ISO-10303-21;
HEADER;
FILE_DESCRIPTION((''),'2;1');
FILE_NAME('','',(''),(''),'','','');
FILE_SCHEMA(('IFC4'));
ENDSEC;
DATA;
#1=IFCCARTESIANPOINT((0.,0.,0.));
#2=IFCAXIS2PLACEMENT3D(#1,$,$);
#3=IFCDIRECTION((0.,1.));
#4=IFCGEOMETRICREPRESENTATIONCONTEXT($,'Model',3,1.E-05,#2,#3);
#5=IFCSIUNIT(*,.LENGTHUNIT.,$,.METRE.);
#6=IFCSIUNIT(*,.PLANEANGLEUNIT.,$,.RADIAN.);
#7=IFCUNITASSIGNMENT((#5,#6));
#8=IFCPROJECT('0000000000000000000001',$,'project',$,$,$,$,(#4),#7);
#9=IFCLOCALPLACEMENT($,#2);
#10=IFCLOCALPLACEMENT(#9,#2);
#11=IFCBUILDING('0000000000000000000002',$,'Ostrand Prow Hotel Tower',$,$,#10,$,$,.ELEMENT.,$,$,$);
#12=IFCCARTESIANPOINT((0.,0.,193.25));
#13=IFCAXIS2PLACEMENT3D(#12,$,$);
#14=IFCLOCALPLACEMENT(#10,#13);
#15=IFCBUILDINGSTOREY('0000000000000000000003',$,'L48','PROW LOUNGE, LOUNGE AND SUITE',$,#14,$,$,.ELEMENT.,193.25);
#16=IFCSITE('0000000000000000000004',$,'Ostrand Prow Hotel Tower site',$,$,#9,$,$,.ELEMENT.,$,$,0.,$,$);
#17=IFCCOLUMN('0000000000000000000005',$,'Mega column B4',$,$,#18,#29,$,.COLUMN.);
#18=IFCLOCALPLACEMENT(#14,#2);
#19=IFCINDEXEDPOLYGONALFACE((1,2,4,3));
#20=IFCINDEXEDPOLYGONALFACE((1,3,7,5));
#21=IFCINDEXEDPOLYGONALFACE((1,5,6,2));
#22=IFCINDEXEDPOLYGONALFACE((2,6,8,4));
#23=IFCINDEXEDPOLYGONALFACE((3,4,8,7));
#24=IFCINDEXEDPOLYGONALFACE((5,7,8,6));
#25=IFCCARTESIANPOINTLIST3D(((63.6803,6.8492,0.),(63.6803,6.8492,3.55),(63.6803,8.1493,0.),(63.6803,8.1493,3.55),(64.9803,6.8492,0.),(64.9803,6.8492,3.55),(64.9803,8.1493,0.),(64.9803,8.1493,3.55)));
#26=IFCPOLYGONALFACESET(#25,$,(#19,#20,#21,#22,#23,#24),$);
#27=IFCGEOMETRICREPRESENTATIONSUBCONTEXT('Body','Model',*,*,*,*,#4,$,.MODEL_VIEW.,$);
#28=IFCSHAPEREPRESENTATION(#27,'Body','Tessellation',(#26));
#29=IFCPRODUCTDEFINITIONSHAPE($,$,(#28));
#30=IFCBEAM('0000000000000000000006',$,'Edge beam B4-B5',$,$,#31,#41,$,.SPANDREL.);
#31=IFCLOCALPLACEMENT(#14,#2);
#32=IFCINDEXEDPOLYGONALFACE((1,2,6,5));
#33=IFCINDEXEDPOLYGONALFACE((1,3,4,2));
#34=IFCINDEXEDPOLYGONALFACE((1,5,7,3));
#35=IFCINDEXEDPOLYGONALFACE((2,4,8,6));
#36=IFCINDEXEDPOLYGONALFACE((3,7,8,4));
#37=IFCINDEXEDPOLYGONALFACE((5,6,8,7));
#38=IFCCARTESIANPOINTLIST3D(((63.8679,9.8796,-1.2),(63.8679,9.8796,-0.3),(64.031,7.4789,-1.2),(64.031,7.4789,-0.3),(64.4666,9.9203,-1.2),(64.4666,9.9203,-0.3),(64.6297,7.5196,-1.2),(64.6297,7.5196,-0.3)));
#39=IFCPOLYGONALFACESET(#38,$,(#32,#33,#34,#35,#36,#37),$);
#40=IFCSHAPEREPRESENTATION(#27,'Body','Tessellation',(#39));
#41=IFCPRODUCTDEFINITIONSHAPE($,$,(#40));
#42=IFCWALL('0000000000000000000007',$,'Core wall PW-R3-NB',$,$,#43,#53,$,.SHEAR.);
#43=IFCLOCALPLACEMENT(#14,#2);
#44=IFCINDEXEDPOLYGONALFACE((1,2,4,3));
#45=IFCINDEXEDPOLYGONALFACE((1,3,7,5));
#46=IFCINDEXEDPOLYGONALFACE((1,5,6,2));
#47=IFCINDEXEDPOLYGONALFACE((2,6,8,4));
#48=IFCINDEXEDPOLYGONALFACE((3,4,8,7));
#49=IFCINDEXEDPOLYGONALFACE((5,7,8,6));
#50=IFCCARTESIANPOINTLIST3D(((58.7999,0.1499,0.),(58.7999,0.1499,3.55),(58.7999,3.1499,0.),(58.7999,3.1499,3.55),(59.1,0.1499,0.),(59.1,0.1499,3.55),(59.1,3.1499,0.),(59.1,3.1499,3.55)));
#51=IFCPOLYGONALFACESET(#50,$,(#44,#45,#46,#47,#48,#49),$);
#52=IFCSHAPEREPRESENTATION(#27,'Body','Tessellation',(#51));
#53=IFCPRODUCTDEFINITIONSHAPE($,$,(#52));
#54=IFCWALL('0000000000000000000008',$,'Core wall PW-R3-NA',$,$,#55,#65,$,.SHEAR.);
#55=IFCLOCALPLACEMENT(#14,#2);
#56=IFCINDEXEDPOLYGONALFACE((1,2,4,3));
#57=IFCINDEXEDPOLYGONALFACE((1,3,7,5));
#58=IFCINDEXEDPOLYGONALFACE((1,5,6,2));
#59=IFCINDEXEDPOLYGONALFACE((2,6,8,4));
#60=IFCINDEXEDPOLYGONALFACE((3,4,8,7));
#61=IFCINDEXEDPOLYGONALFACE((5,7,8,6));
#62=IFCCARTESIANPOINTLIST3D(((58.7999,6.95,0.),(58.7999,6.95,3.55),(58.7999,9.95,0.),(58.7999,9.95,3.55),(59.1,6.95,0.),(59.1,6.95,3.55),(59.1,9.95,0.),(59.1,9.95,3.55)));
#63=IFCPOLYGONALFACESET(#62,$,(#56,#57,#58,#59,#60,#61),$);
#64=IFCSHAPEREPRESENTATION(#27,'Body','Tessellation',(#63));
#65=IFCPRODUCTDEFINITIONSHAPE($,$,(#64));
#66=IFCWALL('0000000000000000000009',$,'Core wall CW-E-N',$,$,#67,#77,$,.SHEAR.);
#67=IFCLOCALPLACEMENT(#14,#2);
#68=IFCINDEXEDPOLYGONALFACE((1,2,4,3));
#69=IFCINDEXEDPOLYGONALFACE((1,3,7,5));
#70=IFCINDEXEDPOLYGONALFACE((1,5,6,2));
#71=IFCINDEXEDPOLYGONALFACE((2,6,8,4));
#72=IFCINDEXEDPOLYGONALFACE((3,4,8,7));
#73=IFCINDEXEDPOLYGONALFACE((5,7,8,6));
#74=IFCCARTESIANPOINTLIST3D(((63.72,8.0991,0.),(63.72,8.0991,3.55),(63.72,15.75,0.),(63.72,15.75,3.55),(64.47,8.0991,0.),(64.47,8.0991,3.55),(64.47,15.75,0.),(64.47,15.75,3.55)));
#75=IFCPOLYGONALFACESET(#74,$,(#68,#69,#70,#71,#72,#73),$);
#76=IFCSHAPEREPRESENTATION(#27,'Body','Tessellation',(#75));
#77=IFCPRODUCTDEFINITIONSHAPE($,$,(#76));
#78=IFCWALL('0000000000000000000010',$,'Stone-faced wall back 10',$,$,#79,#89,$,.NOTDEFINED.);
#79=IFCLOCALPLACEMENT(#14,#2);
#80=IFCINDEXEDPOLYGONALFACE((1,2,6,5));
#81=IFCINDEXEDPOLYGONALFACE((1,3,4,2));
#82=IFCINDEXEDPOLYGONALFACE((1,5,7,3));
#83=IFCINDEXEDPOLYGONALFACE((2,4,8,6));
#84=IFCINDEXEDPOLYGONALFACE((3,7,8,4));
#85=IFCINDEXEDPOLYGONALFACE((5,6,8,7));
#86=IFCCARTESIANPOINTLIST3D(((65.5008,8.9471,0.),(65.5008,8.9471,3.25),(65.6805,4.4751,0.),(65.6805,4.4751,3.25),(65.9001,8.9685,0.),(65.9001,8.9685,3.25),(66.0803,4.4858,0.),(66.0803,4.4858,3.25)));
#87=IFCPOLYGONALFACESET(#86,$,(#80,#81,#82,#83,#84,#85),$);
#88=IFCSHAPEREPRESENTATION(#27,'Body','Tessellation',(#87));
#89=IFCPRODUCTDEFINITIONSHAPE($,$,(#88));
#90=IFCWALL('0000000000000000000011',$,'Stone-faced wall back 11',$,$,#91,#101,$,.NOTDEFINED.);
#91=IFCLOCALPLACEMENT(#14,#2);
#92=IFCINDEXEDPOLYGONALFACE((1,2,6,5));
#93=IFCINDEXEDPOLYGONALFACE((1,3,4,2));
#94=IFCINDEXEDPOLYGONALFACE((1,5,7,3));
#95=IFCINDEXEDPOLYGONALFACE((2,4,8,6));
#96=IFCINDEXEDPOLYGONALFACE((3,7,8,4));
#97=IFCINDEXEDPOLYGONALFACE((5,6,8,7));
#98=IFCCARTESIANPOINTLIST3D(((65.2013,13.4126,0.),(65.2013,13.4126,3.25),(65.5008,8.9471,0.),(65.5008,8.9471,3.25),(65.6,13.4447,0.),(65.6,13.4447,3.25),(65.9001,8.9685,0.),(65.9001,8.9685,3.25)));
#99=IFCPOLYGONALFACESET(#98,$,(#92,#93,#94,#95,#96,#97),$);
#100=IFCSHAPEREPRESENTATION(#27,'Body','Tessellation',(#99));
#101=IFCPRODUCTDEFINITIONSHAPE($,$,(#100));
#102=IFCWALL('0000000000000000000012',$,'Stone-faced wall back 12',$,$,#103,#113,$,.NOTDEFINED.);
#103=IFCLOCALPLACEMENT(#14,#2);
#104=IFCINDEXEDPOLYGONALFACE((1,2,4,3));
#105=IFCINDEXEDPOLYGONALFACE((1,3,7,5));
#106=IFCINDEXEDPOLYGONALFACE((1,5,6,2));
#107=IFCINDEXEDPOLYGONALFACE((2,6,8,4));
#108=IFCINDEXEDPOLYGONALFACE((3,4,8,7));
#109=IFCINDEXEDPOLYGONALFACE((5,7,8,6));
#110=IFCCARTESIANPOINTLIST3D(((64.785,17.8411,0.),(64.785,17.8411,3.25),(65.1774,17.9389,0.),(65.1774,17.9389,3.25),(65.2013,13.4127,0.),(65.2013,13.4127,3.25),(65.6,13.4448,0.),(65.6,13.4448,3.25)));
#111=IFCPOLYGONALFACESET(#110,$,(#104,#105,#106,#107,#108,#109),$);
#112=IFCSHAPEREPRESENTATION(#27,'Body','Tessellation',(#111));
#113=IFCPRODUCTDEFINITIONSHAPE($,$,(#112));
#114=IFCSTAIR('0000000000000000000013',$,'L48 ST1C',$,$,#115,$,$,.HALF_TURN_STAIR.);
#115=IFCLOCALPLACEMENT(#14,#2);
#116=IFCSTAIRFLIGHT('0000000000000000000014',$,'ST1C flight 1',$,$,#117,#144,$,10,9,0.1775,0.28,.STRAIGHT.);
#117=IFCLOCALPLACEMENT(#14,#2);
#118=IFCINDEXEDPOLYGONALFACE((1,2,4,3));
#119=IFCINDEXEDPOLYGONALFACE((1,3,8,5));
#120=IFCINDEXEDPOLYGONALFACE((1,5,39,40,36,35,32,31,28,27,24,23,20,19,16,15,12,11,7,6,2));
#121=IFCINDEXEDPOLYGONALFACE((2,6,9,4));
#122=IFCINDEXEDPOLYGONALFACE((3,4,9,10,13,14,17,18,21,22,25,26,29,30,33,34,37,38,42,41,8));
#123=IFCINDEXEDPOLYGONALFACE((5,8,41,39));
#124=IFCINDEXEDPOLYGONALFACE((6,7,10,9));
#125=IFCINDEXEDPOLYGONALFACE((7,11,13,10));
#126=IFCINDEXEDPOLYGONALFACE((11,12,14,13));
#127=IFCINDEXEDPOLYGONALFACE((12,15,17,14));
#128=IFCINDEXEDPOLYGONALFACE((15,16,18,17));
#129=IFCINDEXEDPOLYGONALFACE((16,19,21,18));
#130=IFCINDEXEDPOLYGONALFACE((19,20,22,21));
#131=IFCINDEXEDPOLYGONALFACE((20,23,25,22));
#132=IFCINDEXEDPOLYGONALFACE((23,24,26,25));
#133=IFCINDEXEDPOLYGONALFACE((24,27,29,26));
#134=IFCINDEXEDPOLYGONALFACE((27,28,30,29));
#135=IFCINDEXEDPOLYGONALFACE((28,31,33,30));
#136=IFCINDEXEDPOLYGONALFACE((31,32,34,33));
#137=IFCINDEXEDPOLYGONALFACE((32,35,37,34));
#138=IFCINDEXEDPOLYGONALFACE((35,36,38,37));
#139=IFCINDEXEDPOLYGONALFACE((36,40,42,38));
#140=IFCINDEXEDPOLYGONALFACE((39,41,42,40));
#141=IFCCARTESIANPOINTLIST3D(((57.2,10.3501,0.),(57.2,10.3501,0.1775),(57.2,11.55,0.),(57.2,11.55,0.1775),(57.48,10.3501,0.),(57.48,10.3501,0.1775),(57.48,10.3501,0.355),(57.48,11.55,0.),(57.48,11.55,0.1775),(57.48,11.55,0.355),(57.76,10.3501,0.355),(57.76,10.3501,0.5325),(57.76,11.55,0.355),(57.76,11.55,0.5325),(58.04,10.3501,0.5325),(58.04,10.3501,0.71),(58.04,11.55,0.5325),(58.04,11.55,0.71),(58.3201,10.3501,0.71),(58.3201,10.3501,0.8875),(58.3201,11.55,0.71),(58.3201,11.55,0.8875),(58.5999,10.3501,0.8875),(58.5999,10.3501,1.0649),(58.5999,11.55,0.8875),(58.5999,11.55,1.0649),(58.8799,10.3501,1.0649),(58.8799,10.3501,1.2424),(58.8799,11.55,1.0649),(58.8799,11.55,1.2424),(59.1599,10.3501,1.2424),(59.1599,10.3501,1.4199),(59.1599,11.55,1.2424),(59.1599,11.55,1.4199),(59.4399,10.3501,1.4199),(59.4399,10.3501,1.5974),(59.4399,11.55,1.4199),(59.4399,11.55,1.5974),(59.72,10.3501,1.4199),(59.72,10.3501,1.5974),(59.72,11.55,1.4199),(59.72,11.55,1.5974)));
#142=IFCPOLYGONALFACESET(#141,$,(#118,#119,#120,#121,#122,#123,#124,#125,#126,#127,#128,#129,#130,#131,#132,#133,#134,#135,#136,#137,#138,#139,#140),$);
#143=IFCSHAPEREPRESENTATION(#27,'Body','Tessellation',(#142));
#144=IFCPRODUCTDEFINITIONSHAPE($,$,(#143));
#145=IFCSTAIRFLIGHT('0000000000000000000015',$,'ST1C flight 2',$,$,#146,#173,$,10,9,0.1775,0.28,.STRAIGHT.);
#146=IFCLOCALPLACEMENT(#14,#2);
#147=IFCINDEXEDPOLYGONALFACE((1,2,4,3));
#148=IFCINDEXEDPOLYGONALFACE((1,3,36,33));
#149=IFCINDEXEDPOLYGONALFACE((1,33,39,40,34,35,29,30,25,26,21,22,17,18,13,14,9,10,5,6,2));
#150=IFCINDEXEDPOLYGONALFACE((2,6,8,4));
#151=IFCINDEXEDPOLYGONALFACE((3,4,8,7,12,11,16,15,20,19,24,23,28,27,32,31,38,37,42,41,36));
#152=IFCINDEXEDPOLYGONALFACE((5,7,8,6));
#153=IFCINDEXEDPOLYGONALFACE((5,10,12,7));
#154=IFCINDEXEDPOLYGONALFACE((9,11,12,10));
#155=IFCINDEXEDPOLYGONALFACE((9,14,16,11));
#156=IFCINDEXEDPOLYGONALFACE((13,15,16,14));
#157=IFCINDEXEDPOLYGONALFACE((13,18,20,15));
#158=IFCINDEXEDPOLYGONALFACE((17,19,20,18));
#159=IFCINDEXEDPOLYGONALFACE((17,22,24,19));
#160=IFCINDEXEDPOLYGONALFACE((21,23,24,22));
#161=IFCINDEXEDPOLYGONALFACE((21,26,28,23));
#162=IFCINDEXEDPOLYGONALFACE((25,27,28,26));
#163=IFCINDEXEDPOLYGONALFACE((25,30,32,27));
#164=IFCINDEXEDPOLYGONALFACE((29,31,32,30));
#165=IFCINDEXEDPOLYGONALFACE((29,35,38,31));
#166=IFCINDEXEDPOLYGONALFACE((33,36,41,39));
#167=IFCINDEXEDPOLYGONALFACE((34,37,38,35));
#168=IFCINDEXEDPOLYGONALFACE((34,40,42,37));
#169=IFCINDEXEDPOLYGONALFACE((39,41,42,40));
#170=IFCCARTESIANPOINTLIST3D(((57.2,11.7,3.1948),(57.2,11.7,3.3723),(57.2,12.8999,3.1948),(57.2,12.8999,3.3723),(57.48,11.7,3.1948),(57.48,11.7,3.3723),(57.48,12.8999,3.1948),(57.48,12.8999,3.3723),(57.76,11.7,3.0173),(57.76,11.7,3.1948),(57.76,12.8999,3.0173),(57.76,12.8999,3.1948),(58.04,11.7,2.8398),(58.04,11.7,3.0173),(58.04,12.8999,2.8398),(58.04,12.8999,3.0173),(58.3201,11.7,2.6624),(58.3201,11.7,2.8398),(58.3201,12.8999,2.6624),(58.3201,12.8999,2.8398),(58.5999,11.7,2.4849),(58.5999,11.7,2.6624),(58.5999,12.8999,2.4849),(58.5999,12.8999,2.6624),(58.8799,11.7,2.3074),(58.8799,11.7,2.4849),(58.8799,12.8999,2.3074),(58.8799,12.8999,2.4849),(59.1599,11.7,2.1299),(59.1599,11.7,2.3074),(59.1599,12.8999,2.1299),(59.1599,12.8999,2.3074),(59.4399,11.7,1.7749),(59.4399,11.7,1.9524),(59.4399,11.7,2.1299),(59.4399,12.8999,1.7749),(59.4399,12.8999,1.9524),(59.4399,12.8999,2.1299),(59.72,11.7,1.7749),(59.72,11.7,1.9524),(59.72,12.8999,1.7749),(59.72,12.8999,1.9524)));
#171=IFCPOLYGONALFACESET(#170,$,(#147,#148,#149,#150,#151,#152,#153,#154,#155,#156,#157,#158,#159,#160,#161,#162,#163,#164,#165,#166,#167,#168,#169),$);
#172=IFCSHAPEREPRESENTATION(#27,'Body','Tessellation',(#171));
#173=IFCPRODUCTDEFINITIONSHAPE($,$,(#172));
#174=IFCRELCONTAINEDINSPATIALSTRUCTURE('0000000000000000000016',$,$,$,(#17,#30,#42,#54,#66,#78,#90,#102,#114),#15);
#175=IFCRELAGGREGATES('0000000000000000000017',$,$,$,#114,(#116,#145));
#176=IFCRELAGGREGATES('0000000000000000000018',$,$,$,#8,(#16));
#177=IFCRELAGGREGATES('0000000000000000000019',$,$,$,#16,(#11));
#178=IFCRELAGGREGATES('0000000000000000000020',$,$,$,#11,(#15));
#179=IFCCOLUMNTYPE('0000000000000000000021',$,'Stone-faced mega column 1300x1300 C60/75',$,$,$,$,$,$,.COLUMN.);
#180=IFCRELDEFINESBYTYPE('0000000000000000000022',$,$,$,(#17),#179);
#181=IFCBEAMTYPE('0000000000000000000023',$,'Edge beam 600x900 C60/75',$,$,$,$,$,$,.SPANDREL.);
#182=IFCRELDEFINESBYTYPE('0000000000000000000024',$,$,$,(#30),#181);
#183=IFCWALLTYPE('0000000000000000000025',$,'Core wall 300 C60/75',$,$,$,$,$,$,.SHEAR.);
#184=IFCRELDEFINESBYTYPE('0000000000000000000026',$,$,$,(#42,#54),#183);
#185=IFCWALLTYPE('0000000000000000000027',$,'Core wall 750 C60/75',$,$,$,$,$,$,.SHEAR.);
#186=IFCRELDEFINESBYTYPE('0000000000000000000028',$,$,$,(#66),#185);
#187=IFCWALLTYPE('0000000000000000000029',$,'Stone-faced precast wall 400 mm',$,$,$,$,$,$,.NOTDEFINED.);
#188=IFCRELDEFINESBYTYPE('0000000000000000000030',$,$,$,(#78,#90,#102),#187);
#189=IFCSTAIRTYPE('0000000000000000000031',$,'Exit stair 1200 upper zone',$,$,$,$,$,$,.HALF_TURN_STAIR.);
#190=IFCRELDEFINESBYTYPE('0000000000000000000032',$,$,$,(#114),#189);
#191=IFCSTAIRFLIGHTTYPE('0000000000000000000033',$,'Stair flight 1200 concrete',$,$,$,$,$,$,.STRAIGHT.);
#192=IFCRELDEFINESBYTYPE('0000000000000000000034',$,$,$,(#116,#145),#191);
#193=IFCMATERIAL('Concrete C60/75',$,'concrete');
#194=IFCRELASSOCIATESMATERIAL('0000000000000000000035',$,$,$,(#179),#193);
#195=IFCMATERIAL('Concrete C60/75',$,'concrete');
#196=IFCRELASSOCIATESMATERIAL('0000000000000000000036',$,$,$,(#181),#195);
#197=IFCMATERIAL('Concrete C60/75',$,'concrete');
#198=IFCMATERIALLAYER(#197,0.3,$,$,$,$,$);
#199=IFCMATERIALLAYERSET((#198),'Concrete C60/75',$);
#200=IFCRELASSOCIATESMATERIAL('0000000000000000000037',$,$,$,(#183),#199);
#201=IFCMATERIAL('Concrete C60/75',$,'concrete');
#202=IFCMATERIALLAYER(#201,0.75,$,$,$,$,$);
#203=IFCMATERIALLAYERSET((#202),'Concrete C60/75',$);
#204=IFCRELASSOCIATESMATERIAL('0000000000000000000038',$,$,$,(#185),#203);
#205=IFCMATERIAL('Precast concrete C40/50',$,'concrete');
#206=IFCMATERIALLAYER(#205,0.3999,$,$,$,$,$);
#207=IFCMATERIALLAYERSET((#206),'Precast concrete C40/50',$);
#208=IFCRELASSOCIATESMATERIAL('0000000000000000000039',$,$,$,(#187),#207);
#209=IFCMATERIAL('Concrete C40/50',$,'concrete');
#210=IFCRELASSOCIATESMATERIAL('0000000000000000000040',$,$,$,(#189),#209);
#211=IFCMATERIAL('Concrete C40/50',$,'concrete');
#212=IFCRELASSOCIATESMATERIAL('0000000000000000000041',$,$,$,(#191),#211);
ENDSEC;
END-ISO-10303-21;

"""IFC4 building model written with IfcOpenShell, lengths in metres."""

from ifc_helpers import new_model, si_unit, direction, frame, frame_2d, origin, origin_2d, place, context, subcontext, project, spatial, polyline, rectangle, outline, extrude, material, layer, layer_set, material_profile, profile_set, type_object, element, aggregate, save


model = new_model("IFC4")

# Units and contexts
model_context = context("Model", 3, precision=1e-05, world=origin(), true_north=direction((0.0, 1.0)))
body_context = subcontext(model_context, "Body", "Model", "MODEL_VIEW")
ifc_project = project(units=[si_unit("LENGTHUNIT", "METRE"), si_unit("PLANEANGLEUNIT", "RADIAN")], contexts=[model_context])

# Site, building, storey
site_placement = place(None, origin())
site = spatial("IfcSite", under=ifc_project, at=site_placement, Name="Ostrand Prow Hotel Tower site", CompositionType="ELEMENT", RefElevation=0.0)
building_placement = place(site_placement, origin())
building = spatial("IfcBuilding", under=site, at=building_placement, Name="Ostrand Prow Hotel Tower", CompositionType="ELEMENT")
storey_placement = place(building_placement, frame((0.0, 0.0, 193.25)))
storey = spatial("IfcBuildingStorey", under=building, at=storey_placement, Name="L48", Description="PROW LOUNGE, LOUNGE AND SUITE", CompositionType="ELEMENT", Elevation=193.25)

# Column
ifc_material_1 = material(Name="Concrete C60/75", Category="concrete")
ifc_material_profile_1 = material_profile(ifc_material_1, rectangle(XDim=1.3, YDim=1.3, at=origin_2d()), Name="RC 1300x1300")
ifc_profile_set_1 = profile_set([ifc_material_profile_1], Name="Concrete C60/75")
column_type = type_object("IfcColumnType", Name="Stone-faced mega column 1300x1300 C60/75", PredefinedType="COLUMN", material=ifc_profile_set_1)
column_placement = place(storey_placement, frame((64.3303, 7.4993, 0.0), z_axis=(0.0, 0.0, 1.0), x_axis=(1.0, 0.0, 0.0)))
element("IfcColumn", 1, at=column_placement, inside=storey, type_object=column_type, Name="Mega column B4", PredefinedType="COLUMN", context=body_context, shape_type="SweptSolid", body=[
    extrude(rectangle(XDim=1.3, YDim=1.3, at=origin_2d()), origin(), (0.0, 0.0, 1.0), 3.55),
])

# Beam
ifc_material_2 = material(Name="Concrete C60/75", Category="concrete")
ifc_material_profile_2 = material_profile(ifc_material_2, rectangle(XDim=0.6001, YDim=0.8999, at=origin_2d()), Name="RC 600x900")
ifc_profile_set_2 = profile_set([ifc_material_profile_2], Name="Concrete C60/75")
beam_type = type_object("IfcBeamType", Name="Edge beam 600x900 C60/75", PredefinedType="SPANDREL", material=ifc_profile_set_2)
beam_placement = place(storey_placement, frame((64.3303, 7.4993, -0.75), z_axis=(-0.067778, 0.9977, 0.0), x_axis=(-0.9977, -0.067778, 0.0)))
element("IfcBeam", 2, at=beam_placement, inside=storey, type_object=beam_type, Name="Edge beam B4-B5", PredefinedType="SPANDREL", context=body_context, shape_type="SweptSolid", body=[
    extrude(rectangle(XDim=0.6001, YDim=0.8999, at=origin_2d()), origin(), (0.0, 0.0, 1.0), 2.4062),
])

# Walls
ifc_material_3 = material(Name="Concrete C60/75", Category="concrete")
ifc_layer_1 = layer(ifc_material_3, 0.3)
ifc_layer_set_1 = layer_set([ifc_layer_1], Name="Concrete C60/75")
wall_type_1 = type_object("IfcWallType", Name="Core wall 300 C60/75", PredefinedType="SHEAR", material=ifc_layer_set_1)
for number, where, z_axis, x_axis, name in (
    (3, (58.95, 0.1499, 0.0), (0.0, 0.0, 1.0), (0.0, 1.0, 0.0), "Core wall PW-R3-NB"),
    (4, (58.95, 6.95, 0.0), (0.0, 0.0, 1.0), (0.0, 1.0, 0.0), "Core wall PW-R3-NA"),
):
    element("IfcWall", number, at=place(storey_placement, frame(where, z_axis=z_axis, x_axis=x_axis)), inside=storey, type_object=wall_type_1, Name=name, PredefinedType="SHEAR", context=body_context, shape_type="SweptSolid", body=[
        extrude(rectangle(XDim=3.0, YDim=0.3, at=frame_2d((1.5, 0.0))), origin(), (0.0, 0.0, 1.0), 3.55),
    ])
ifc_material_4 = material(Name="Concrete C60/75", Category="concrete")
ifc_layer_2 = layer(ifc_material_4, 0.75)
ifc_layer_set_2 = layer_set([ifc_layer_2], Name="Concrete C60/75")
wall_type_2 = type_object("IfcWallType", Name="Core wall 750 C60/75", PredefinedType="SHEAR", material=ifc_layer_set_2)
wall_1_placement = place(storey_placement, frame((64.095, 8.0991, 0.0), z_axis=(0.0, 0.0, 1.0), x_axis=(0.0, 1.0, 0.0)))
element("IfcWall", 5, at=wall_1_placement, inside=storey, type_object=wall_type_2, Name="Core wall CW-E-N", PredefinedType="SHEAR", context=body_context, shape_type="SweptSolid", body=[
    extrude(rectangle(XDim=7.6509, YDim=0.75, at=frame_2d((3.8254, 0.0))), origin(), (0.0, 0.0, 1.0), 3.55),
])
ifc_material_5 = material(Name="Precast concrete C40/50", Category="concrete")
ifc_layer_3 = layer(ifc_material_5, 0.3999)
ifc_layer_set_3 = layer_set([ifc_layer_3], Name="Precast concrete C40/50")
wall_type_3 = type_object("IfcWallType", Name="Stone-faced precast wall 400 mm", PredefinedType="NOTDEFINED", material=ifc_layer_set_3)
for number, where, z_axis, x_axis, name in (
    (6, (65.8804, 4.4805, 0.0), (0.0, 0.0, 1.0), (-0.040155, 0.999193, 0.0), "Stone-faced wall back 10"),
    (7, (65.7004, 8.9578, 0.0), (0.0, 0.0, 1.0), (-0.066906, 0.997759, 0.0), "Stone-faced wall back 11"),
):
    element("IfcWall", number, at=place(storey_placement, frame(where, z_axis=z_axis, x_axis=x_axis)), inside=storey, type_object=wall_type_3, Name=name, PredefinedType="NOTDEFINED", context=body_context, shape_type="SweptSolid", body=[
        extrude(outline(polyline([(-0.0027, -0.2), (4.4836, -0.2), (4.4783, 0.2), (0.0027, 0.2), (-0.0027, -0.2)])), origin(), (0.0, 0.0, 1.0), 3.25),
    ])
wall_2_placement = place(storey_placement, frame((65.4006, 13.4287, 0.0), z_axis=(0.0, 0.0, 1.0), x_axis=(-0.093606, 0.995609, 0.0)))
element("IfcWall", 8, at=wall_2_placement, inside=storey, type_object=wall_type_3, Name="Stone-faced wall back 12", PredefinedType="NOTDEFINED", context=body_context, shape_type="SweptSolid", body=[
    extrude(outline(polyline([(-0.0027, -0.2), (4.5112, -0.2), (4.4507, 0.2), (0.0027, 0.2), (-0.0027, -0.2)])), origin(), (0.0, 0.0, 1.0), 3.25),
])

# Stair, stair flights
ifc_material_6 = material(Name="Concrete C40/50", Category="concrete")
stair_type = type_object("IfcStairType", Name="Exit stair 1200 upper zone", PredefinedType="HALF_TURN_STAIR", material=ifc_material_6)
stair_1_placement = place(storey_placement, origin())
stair_1 = element("IfcStair", 9, at=stair_1_placement, inside=storey, type_object=stair_type, Name="L48 ST1C", PredefinedType="HALF_TURN_STAIR")
ifc_material_7 = material(Name="Concrete C40/50", Category="concrete")
stair_flight_type = type_object("IfcStairFlightType", Name="Stair flight 1200 concrete", PredefinedType="STRAIGHT", material=ifc_material_7)
stair_flight_1_placement = place(storey_placement, frame((57.2, 10.95, 0.0), z_axis=(0.0, 0.0, 1.0), x_axis=(1.0, 0.0, 0.0)))
stair_flight_1 = element("IfcStairFlight", 10, at=stair_flight_1_placement, type_object=stair_flight_type, Name="ST1C flight 1", NumberOfRisers=10, NumberOfTreads=9, PredefinedType="STRAIGHT", RiserHeight=0.1775, TreadLength=0.28, context=body_context, shape_type="SweptSolid", body=[
    extrude(outline(polyline([(0.0, 0.0), (0.0, 0.1775), (0.28, 0.1775), (0.28, 0.355), (0.5601, 0.355), (0.5601, 0.5325), (0.8401, 0.5325), (0.8401, 0.71), (1.1201, 0.71), (1.1201, 0.8875), (1.3999, 0.8875), (1.3999, 1.0649), (1.6799, 1.0649), (1.6799, 1.2424), (1.96, 1.2424), (1.96, 1.4199), (2.24, 1.4199), (2.24, 1.5974), (2.52, 1.5974), (2.52, 1.7749), (2.52, 1.4199), (0.28, 0.0), (0.0, 0.0)])), frame((0.0, 0.6001, 0.0), z_axis=(0.0, -1.0, 0.0), x_axis=(1.0, 0.0, 0.0)), (0.0, 0.0, 1.0), 1.2),
])
stair_flight_2_placement = place(storey_placement, frame((59.72, 12.3, 1.7749), z_axis=(0.0, 0.0, 1.0), x_axis=(-1.0, 0.0, 0.0)))
stair_flight_2 = element("IfcStairFlight", 11, at=stair_flight_2_placement, type_object=stair_flight_type, Name="ST1C flight 2", NumberOfRisers=10, NumberOfTreads=9, PredefinedType="STRAIGHT", RiserHeight=0.1775, TreadLength=0.28, context=body_context, shape_type="SweptSolid", body=[
    extrude(outline(polyline([(0.0, 0.0), (0.0, 0.1775), (0.28, 0.1775), (0.28, 0.355), (0.5601, 0.355), (0.5601, 0.5325), (0.8401, 0.5325), (0.8401, 0.71), (1.1201, 0.71), (1.1201, 0.8875), (1.3999, 0.8875), (1.3999, 1.0649), (1.6799, 1.0649), (1.6799, 1.2424), (1.96, 1.2424), (1.96, 1.4199), (2.24, 1.4199), (2.24, 1.5974), (2.52, 1.5974), (2.52, 1.7749), (2.52, 1.4199), (0.28, 0.0), (0.0, 0.0)])), frame((0.0, 0.6001, 0.0), z_axis=(0.0, -1.0, 0.0), x_axis=(1.0, 0.0, 0.0)), (0.0, 0.0, 1.0), 1.2),
])
aggregate(stair_1, [stair_flight_1, stair_flight_2])

save(model, "model.ifc")
